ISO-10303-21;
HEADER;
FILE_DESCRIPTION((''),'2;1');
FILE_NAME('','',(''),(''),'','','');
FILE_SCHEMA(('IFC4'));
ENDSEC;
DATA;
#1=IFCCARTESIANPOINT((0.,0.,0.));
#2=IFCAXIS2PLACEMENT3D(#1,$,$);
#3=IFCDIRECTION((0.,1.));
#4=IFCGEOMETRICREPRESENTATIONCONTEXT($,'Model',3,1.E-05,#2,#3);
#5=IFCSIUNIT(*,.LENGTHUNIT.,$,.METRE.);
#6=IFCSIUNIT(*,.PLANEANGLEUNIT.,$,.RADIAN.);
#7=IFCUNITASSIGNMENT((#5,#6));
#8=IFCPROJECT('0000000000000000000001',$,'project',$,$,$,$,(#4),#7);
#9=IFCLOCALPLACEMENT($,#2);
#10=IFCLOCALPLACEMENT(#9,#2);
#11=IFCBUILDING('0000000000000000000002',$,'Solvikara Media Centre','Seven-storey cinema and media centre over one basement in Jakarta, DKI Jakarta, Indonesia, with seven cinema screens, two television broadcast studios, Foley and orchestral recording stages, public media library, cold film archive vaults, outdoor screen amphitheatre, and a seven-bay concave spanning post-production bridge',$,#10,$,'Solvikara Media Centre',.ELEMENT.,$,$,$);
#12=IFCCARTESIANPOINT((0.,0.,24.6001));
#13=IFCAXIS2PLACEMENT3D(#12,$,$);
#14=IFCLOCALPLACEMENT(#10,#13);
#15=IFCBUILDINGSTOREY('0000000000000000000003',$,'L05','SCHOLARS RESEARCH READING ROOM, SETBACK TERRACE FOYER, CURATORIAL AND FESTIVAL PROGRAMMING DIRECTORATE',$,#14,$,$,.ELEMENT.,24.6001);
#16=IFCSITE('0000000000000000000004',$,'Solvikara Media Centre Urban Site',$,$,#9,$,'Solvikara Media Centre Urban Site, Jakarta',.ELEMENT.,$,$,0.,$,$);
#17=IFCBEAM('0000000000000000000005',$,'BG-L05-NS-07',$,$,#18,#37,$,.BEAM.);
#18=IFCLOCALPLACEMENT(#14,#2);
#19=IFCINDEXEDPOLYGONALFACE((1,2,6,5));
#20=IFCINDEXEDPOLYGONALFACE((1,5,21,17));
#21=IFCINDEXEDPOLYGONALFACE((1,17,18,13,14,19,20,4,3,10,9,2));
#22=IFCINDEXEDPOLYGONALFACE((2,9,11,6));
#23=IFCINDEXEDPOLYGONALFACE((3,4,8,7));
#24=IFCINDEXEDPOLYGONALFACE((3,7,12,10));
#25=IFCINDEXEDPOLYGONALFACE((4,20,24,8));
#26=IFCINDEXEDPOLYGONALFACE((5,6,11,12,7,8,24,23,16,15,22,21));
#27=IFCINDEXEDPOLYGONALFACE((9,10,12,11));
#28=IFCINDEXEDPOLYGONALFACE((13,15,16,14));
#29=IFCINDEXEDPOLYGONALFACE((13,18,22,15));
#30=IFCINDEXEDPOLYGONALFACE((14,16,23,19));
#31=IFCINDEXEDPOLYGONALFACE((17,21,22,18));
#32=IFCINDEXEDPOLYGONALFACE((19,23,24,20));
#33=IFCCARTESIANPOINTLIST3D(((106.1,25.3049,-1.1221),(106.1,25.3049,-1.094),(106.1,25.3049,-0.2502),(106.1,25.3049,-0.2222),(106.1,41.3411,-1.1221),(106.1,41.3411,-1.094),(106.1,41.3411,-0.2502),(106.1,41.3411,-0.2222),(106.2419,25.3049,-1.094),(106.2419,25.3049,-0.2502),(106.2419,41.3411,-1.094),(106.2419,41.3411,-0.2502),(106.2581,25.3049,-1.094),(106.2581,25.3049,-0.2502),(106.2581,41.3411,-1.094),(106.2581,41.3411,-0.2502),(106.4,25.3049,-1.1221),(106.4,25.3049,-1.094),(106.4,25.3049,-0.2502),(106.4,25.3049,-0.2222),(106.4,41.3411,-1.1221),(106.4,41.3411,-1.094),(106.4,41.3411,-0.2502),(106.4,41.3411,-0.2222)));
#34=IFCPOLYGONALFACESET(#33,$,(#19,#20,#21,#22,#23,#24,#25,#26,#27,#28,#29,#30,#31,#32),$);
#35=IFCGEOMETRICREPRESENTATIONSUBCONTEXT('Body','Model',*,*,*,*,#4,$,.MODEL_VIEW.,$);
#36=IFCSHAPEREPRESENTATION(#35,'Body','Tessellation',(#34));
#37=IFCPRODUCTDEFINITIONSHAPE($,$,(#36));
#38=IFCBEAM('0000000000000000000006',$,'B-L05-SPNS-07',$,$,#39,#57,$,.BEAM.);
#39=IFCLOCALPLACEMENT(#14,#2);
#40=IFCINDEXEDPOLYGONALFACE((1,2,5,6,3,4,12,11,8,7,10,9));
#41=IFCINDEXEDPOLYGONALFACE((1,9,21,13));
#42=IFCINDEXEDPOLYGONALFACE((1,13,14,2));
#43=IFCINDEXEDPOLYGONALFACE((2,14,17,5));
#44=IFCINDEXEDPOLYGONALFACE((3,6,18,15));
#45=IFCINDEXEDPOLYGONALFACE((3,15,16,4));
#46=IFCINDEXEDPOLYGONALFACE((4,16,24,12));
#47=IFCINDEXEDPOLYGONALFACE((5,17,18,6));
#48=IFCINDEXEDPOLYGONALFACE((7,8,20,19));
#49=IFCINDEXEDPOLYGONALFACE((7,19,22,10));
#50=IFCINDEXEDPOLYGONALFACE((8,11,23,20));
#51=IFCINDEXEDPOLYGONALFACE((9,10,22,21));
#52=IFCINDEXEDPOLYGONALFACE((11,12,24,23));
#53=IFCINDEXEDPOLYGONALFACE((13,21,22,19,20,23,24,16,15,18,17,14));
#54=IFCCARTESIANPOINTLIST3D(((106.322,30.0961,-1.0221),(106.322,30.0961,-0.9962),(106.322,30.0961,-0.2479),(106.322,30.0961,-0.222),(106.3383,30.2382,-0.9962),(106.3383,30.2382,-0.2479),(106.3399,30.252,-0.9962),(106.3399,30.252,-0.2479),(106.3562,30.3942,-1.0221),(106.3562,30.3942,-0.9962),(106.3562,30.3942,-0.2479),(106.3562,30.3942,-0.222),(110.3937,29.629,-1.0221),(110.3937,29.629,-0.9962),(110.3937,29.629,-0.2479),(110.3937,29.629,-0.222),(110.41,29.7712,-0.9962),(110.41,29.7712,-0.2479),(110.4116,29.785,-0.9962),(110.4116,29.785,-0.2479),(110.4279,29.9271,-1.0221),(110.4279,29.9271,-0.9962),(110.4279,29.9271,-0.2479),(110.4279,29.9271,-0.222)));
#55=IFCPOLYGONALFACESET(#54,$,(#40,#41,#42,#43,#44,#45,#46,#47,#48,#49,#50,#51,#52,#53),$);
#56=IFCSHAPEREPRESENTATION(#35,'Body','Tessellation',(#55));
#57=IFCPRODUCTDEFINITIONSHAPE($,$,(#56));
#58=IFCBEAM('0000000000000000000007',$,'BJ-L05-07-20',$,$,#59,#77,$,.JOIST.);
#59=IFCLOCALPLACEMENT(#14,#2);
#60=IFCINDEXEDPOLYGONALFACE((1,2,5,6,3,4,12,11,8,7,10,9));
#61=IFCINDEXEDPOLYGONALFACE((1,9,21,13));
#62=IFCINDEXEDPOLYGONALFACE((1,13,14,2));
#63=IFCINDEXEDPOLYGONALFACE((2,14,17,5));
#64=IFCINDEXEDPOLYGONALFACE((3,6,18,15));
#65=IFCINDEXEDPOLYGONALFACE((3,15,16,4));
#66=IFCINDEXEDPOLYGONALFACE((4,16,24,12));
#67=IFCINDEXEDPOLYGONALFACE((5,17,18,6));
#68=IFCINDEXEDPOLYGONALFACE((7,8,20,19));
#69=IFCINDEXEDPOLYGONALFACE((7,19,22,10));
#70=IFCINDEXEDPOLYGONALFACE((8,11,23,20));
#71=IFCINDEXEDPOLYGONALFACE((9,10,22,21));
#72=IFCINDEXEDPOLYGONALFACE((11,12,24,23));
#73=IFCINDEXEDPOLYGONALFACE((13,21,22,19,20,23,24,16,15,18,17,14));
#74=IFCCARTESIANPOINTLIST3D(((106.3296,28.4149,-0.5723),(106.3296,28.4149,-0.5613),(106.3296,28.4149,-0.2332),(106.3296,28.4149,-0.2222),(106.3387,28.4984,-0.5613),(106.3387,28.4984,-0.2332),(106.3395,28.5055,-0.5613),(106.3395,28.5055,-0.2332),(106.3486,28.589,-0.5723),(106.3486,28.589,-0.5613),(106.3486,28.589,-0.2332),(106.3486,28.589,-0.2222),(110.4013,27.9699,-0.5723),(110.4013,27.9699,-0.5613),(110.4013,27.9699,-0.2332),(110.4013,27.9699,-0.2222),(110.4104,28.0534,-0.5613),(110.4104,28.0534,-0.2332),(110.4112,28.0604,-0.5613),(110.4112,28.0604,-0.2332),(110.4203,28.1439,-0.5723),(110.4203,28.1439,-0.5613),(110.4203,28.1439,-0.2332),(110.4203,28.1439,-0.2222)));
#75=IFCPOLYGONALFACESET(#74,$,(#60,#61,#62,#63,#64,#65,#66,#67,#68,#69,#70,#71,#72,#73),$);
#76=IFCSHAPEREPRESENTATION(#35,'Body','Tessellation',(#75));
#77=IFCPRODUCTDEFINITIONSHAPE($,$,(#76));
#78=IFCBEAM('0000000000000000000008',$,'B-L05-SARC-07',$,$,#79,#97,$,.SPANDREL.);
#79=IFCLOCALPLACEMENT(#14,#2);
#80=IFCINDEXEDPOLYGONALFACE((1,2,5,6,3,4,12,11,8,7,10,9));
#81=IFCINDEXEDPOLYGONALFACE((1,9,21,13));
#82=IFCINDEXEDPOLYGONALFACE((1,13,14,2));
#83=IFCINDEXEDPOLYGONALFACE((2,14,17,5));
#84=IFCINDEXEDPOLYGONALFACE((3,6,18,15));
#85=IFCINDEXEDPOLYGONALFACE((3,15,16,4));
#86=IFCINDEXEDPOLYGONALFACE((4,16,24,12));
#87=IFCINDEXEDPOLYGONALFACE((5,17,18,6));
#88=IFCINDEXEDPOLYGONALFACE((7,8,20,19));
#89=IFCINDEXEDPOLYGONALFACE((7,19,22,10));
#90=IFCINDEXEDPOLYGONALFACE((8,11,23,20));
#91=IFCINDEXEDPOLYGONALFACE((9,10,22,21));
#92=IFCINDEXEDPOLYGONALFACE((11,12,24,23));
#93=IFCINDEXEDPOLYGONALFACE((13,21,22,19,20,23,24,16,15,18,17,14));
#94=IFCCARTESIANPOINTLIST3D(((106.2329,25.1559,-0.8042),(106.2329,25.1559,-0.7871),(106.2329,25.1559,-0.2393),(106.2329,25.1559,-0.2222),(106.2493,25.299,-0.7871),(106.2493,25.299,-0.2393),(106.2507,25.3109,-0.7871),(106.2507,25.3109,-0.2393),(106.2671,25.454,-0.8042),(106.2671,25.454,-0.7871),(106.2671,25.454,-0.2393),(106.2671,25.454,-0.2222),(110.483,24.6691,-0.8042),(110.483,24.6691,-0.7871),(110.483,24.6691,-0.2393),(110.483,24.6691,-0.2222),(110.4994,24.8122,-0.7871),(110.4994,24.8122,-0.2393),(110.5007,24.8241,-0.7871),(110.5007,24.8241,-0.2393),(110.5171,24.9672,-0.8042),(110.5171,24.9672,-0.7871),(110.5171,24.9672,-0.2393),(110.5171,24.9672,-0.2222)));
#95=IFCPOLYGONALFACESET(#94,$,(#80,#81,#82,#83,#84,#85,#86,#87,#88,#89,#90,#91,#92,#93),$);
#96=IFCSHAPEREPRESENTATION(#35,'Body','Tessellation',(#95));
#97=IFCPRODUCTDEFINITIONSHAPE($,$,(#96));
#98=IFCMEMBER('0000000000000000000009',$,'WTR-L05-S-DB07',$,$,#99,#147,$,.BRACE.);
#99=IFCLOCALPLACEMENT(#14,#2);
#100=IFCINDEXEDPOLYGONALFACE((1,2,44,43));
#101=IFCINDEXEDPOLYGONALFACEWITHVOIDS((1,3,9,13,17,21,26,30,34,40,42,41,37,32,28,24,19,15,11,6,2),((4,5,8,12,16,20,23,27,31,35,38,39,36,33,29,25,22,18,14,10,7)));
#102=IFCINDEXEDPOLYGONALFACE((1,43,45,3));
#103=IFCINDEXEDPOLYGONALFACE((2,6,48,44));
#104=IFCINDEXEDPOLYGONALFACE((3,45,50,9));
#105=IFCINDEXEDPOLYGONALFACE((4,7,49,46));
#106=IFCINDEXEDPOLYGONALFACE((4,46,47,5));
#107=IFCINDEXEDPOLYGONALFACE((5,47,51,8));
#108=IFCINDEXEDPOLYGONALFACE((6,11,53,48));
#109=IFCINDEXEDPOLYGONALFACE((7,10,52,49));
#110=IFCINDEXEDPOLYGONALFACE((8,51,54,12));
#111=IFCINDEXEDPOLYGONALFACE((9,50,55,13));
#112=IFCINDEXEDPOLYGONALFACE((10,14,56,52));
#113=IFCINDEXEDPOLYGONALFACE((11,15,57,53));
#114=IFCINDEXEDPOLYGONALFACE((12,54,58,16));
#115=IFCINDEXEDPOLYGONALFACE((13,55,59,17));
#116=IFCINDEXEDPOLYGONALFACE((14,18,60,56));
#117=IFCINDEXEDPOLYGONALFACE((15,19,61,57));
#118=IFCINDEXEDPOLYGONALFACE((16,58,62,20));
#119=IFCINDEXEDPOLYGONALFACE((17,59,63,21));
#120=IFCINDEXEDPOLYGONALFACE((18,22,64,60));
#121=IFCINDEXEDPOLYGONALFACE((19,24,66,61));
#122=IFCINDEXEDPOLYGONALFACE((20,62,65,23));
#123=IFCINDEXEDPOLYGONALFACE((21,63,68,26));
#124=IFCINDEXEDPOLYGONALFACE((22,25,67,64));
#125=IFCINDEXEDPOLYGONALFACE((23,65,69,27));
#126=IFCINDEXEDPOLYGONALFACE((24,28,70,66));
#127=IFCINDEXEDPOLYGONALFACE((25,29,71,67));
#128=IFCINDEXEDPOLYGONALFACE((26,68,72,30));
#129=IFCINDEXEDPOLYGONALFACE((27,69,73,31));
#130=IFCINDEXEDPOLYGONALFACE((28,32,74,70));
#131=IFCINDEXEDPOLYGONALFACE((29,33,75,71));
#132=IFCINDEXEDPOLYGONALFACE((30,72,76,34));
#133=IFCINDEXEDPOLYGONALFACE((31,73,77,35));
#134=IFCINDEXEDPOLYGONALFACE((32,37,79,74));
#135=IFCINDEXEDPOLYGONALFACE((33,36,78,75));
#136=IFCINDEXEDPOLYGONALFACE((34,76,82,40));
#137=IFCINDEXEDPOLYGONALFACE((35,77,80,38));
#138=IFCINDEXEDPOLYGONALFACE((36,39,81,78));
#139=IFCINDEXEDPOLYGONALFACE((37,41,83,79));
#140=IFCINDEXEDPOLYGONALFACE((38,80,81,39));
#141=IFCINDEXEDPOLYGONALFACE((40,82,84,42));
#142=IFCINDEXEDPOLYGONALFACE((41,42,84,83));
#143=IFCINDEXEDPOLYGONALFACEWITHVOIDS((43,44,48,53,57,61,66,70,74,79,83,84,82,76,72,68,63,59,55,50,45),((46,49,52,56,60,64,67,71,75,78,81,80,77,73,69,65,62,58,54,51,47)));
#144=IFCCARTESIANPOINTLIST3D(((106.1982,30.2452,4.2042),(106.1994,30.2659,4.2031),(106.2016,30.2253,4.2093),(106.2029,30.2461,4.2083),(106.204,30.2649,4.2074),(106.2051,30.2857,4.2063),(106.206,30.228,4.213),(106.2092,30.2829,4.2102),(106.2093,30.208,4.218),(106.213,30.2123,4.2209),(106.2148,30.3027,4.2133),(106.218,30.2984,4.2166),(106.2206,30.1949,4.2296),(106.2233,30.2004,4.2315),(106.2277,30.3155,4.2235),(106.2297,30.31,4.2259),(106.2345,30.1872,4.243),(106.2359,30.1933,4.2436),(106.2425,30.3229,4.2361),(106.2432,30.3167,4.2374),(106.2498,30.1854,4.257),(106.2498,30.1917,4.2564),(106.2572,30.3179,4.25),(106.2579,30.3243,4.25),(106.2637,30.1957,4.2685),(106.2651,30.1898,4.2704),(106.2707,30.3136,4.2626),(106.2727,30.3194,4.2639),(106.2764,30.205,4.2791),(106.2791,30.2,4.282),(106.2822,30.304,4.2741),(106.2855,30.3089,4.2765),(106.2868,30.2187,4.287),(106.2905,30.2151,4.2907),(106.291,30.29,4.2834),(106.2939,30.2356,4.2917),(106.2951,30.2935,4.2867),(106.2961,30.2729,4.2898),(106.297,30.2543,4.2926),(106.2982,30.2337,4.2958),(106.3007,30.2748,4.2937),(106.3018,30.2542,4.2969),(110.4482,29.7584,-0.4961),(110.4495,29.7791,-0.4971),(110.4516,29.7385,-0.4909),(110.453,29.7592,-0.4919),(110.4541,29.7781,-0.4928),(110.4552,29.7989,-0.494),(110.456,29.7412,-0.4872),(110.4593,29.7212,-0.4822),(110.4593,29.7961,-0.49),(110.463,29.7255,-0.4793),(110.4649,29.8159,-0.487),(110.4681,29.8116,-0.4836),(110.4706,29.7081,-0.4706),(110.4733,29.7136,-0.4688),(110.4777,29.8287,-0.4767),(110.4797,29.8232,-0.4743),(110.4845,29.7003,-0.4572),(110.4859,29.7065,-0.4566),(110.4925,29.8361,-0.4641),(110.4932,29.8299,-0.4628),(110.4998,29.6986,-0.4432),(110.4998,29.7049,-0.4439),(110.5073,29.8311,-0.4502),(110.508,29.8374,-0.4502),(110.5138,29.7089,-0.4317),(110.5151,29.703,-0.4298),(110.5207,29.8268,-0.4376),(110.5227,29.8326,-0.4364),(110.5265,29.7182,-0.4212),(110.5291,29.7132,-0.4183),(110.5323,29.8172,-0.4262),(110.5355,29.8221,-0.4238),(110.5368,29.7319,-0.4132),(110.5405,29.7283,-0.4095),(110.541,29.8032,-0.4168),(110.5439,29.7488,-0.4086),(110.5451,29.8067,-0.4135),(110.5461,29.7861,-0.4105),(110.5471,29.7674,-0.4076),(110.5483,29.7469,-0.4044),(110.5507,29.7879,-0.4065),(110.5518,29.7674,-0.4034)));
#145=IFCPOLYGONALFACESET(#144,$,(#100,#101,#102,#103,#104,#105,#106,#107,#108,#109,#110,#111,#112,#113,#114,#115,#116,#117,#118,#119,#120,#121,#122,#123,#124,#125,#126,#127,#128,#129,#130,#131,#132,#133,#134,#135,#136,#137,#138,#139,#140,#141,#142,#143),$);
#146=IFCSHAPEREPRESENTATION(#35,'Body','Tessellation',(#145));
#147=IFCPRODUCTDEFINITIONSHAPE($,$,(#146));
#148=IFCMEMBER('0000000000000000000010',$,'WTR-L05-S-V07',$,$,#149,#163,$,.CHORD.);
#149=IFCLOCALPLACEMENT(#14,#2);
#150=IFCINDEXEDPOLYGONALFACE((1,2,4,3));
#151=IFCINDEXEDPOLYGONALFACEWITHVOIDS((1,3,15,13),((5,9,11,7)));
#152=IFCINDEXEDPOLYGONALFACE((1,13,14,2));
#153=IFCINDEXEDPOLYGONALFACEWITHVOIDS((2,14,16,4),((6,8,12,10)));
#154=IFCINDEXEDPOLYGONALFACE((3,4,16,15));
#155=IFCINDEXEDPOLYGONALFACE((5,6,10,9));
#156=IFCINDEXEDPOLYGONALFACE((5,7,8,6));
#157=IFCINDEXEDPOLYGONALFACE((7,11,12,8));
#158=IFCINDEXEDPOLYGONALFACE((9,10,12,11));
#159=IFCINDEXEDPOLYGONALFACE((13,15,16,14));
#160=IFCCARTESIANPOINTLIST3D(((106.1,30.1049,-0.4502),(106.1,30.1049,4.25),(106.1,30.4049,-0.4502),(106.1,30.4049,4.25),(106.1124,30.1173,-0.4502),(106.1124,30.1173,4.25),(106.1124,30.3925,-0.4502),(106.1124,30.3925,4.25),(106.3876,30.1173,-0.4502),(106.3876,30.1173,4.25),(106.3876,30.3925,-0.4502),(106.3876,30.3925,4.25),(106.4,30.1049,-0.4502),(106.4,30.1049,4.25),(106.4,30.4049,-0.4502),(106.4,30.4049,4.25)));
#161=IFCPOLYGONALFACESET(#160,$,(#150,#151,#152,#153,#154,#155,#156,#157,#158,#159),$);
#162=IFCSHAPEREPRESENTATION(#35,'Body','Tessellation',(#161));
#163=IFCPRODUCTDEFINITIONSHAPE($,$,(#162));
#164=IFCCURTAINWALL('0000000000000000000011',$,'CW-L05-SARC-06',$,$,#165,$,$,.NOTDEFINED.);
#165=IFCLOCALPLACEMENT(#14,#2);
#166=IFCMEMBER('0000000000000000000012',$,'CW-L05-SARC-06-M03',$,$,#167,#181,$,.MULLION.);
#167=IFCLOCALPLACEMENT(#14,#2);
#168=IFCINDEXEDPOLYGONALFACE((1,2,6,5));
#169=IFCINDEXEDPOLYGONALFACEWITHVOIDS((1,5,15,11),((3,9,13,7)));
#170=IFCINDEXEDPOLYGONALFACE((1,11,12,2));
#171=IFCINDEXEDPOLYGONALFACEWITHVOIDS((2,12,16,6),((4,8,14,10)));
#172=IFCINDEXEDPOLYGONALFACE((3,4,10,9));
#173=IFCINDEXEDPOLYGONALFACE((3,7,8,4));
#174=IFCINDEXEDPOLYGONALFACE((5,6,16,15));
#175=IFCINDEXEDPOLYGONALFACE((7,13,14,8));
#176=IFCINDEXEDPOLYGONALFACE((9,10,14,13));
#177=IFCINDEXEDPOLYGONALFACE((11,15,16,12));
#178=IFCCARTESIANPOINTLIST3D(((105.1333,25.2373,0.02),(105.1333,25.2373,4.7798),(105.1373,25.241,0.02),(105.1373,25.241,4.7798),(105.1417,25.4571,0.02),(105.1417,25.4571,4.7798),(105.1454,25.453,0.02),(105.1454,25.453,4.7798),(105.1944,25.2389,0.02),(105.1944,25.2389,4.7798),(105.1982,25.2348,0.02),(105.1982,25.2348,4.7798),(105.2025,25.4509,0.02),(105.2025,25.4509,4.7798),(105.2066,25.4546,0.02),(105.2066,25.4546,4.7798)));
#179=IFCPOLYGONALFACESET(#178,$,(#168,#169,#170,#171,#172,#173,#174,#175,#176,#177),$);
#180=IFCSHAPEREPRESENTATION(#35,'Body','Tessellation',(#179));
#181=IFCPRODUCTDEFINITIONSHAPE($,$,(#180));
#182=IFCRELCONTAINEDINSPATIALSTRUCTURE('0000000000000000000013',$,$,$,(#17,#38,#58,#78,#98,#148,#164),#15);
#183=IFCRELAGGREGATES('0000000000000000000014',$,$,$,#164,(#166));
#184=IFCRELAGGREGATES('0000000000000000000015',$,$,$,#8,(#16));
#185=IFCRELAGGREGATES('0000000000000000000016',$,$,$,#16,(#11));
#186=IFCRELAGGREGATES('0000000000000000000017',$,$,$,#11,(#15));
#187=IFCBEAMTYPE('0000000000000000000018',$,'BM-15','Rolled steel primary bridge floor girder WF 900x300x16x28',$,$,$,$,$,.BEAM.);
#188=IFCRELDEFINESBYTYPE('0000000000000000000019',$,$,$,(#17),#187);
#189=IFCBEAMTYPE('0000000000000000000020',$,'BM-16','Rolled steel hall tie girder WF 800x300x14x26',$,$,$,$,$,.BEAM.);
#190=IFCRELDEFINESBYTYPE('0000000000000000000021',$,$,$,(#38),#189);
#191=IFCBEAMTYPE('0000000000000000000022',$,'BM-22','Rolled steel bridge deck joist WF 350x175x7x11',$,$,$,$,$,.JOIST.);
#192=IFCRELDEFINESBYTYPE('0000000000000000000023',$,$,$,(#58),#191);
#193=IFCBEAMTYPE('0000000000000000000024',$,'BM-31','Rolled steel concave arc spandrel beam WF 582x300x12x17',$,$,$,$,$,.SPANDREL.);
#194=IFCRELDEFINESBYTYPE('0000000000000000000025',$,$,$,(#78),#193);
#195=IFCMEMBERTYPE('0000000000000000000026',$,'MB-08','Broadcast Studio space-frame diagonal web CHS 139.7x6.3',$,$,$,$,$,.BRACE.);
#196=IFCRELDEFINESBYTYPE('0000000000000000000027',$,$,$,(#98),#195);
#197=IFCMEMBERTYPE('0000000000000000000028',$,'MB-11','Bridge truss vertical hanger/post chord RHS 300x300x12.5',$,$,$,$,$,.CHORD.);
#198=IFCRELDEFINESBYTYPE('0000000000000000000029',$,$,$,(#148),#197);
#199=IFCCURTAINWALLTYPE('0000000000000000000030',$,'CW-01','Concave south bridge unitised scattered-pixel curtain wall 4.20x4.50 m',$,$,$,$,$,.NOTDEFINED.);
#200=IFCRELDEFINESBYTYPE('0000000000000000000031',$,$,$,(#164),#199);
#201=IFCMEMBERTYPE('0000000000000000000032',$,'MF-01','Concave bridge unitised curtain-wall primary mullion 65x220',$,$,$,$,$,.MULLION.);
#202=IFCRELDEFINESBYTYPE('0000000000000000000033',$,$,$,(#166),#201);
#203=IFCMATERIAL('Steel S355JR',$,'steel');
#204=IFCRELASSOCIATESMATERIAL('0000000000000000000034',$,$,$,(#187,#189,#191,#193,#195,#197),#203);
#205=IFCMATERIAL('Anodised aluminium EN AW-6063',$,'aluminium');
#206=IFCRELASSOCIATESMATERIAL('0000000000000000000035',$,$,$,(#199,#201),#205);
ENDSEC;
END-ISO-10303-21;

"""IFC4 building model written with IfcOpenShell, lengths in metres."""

from ifc_helpers import new_model, si_unit, direction, frame, origin, origin_2d, place, context, subcontext, project, spatial, hollow_rectangle, hollow_circle, i_section, extrude, material, material_profile, profile_set, type_object, element, aggregate, save


model = new_model("IFC4")

# Units and contexts
model_context = context("Model", 3, precision=1e-05, world=origin(), true_north=direction((0.0, 1.0)))
body_context = subcontext(model_context, "Body", "Model", "MODEL_VIEW")
ifc_project = project(units=[si_unit("LENGTHUNIT", "METRE"), si_unit("PLANEANGLEUNIT", "RADIAN")], contexts=[model_context])

# Site, building, storey
site_placement = place(None, origin())
site = spatial("IfcSite", under=ifc_project, at=site_placement, Name="Solvikara Media Centre Urban Site", LongName="Solvikara Media Centre Urban Site, Jakarta", CompositionType="ELEMENT", RefElevation=0.0)
building_placement = place(site_placement, origin())
building = spatial("IfcBuilding", under=site, at=building_placement, Name="Solvikara Media Centre", Description="Seven-storey cinema and media centre over one basement in Jakarta, DKI Jakarta, Indonesia, with seven cinema screens, two television broadcast studios, Foley and orchestral recording stages, public media library, cold film archive vaults, outdoor screen amphitheatre, and a seven-bay concave spanning post-production bridge", LongName="Solvikara Media Centre", CompositionType="ELEMENT")
storey_placement = place(building_placement, frame((0.0, 0.0, 24.6001)))
storey = spatial("IfcBuildingStorey", under=building, at=storey_placement, Name="L05", Description="SCHOLARS RESEARCH READING ROOM, SETBACK TERRACE FOYER, CURATORIAL AND FESTIVAL PROGRAMMING DIRECTORATE", CompositionType="ELEMENT", Elevation=24.6001)

# Beams
ifc_material_1 = material(Name="Steel S355JR", Category="steel")
ifc_material_profile_1 = material_profile(ifc_material_1, i_section(OverallWidth=0.3, OverallDepth=0.8999, WebThickness=0.0161, FlangeThickness=0.0281, at=origin_2d()), Name="WF 900x300x16x28")
ifc_profile_set_1 = profile_set([ifc_material_profile_1], Name="Steel S355JR")
beam_type_1 = type_object("IfcBeamType", Name="BM-15", Description="Rolled steel primary bridge floor girder WF 900x300x16x28", PredefinedType="BEAM", material=ifc_profile_set_1)
beam_1_placement = place(storey_placement, frame((106.25, 25.3049, -0.6721), z_axis=(0.0, 1.0, 0.0), x_axis=(-1.0, 0.0, 0.0)))
element("IfcBeam", 1, at=beam_1_placement, inside=storey, type_object=beam_type_1, Name="BG-L05-NS-07", PredefinedType="BEAM", context=body_context, shape_type="SweptSolid", body=[
    extrude(i_section(OverallWidth=0.3, OverallDepth=0.8999, WebThickness=0.0161, FlangeThickness=0.0281, at=origin_2d()), origin(), (0.0, 0.0, 1.0), 16.0361),
])
ifc_material_profile_2 = material_profile(ifc_material_1, i_section(OverallWidth=0.3, OverallDepth=0.8, WebThickness=0.0139, FlangeThickness=0.0259, at=origin_2d()), Name="WF 800x300x14x26")
ifc_profile_set_2 = profile_set([ifc_material_profile_2], Name="Steel S355JR")
beam_type_2 = type_object("IfcBeamType", Name="BM-16", Description="Rolled steel hall tie girder WF 800x300x14x26", PredefinedType="BEAM", material=ifc_profile_set_2)
beam_2_placement = place(storey_placement, frame((106.3391, 30.2451, -0.6221), z_axis=(0.993486, -0.113955, 0.0), x_axis=(0.113955, 0.993486, 0.0)))
element("IfcBeam", 2, at=beam_2_placement, inside=storey, type_object=beam_type_2, Name="B-L05-SPNS-07", PredefinedType="BEAM", context=body_context, shape_type="SweptSolid", body=[
    extrude(i_section(OverallWidth=0.3, OverallDepth=0.8, WebThickness=0.0139, FlangeThickness=0.0259, at=origin_2d()), origin(), (0.0, 0.0, 1.0), 4.0984),
])
ifc_material_profile_3 = material_profile(ifc_material_1, i_section(OverallWidth=0.175, OverallDepth=0.3501, WebThickness=0.0071, FlangeThickness=0.011, at=origin_2d()), Name="WF 350x175x7x11")
ifc_profile_set_3 = profile_set([ifc_material_profile_3], Name="Steel S355JR")
beam_type_3 = type_object("IfcBeamType", Name="BM-22", Description="Rolled steel bridge deck joist WF 350x175x7x11", PredefinedType="JOIST", material=ifc_profile_set_3)
beam_3_placement = place(storey_placement, frame((106.3391, 28.502, -0.3972), z_axis=(0.994079, -0.108658, 0.0), x_axis=(0.108658, 0.994079, 0.0)))
element("IfcBeam", 3, at=beam_3_placement, inside=storey, type_object=beam_type_3, Name="BJ-L05-07-20", PredefinedType="JOIST", context=body_context, shape_type="SweptSolid", body=[
    extrude(i_section(OverallWidth=0.175, OverallDepth=0.3501, WebThickness=0.0071, FlangeThickness=0.011, at=origin_2d()), origin(), (0.0, 0.0, 1.0), 4.0959),
])
ifc_material_profile_4 = material_profile(ifc_material_1, i_section(OverallWidth=0.3, OverallDepth=0.582, WebThickness=0.012, FlangeThickness=0.0171, at=origin_2d()), Name="WF 582x300x12x17")
ifc_profile_set_4 = profile_set([ifc_material_profile_4], Name="Steel S355JR")
beam_type_4 = type_object("IfcBeamType", Name="BM-31", Description="Rolled steel concave arc spandrel beam WF 582x300x12x17", PredefinedType="SPANDREL", material=ifc_profile_set_4)
beam_4_placement = place(storey_placement, frame((106.25, 25.3049, -0.5132), z_axis=(0.993504, -0.113801, 0.0), x_axis=(0.113801, 0.993504, 0.0)))
element("IfcBeam", 4, at=beam_4_placement, inside=storey, type_object=beam_type_4, Name="B-L05-SARC-07", PredefinedType="SPANDREL", context=body_context, shape_type="SweptSolid", body=[
    extrude(i_section(OverallWidth=0.3, OverallDepth=0.582, WebThickness=0.012, FlangeThickness=0.0171, at=origin_2d()), origin(), (0.0, 0.0, 1.0), 4.2778),
])

# Members
ifc_material_profile_5 = material_profile(ifc_material_1, hollow_circle(Radius=0.0698, WallThickness=0.0063, at=origin_2d()), Name="CHS 139.7x6.3")
ifc_profile_set_5 = profile_set([ifc_material_profile_5], Name="Steel S355JR")
member_type_1 = type_object("IfcMemberType", Name="MB-08", Description="Broadcast Studio space-frame diagonal web CHS 139.7x6.3", PredefinedType="BRACE", material=ifc_profile_set_5)
member_1_placement = place(storey_placement, frame((106.25, 30.2549, 4.25), z_axis=(0.668721, -0.076599, -0.739557), x_axis=(0.113801, 0.993504, 0.0)))
element("IfcMember", 5, at=member_1_placement, inside=storey, type_object=member_type_1, Name="WTR-L05-S-DB07", PredefinedType="BRACE", context=body_context, shape_type="SweptSolid", body=[
    extrude(hollow_circle(Radius=0.0698, WallThickness=0.0063, at=origin_2d()), origin(), (0.0, 0.0, 1.0), 6.3555),
])
ifc_material_profile_6 = material_profile(ifc_material_1, hollow_rectangle(XDim=0.3, YDim=0.3, WallThickness=0.0125, at=origin_2d()), Name="RHS 300x300x12.5")
ifc_profile_set_6 = profile_set([ifc_material_profile_6], Name="Steel S355JR")
member_type_2 = type_object("IfcMemberType", Name="MB-11", Description="Bridge truss vertical hanger/post chord RHS 300x300x12.5", PredefinedType="CHORD", material=ifc_profile_set_6)
member_2_placement = place(storey_placement, frame((106.25, 30.2549, -0.4502), z_axis=(0.0, 0.0, 1.0), x_axis=(1.0, 0.0, 0.0)))
element("IfcMember", 6, at=member_2_placement, inside=storey, type_object=member_type_2, Name="WTR-L05-S-V07", PredefinedType="CHORD", context=body_context, shape_type="SweptSolid", body=[
    extrude(hollow_rectangle(XDim=0.3, YDim=0.3, WallThickness=0.0125, at=origin_2d()), origin(), (0.0, 0.0, 1.0), 4.7002),
])

# Curtain wall, member
ifc_material_2 = material(Name="Anodised aluminium EN AW-6063", Category="aluminium")
curtain_wall_type = type_object("IfcCurtainWallType", Name="CW-01", Description="Concave south bridge unitised scattered-pixel curtain wall 4.20x4.50 m", PredefinedType="NOTDEFINED", material=ifc_material_2)
curtain_wall_1_placement = place(storey_placement, origin())
curtain_wall_1 = element("IfcCurtainWall", 7, at=curtain_wall_1_placement, inside=storey, type_object=curtain_wall_type, Name="CW-L05-SARC-06", PredefinedType="NOTDEFINED")
ifc_material_profile_7 = material_profile(ifc_material_2, hollow_rectangle(XDim=0.0649, YDim=0.22, WallThickness=0.0039, at=origin_2d()), Name="ALU-M 65x220x4")
ifc_profile_set_7 = profile_set([ifc_material_profile_7], Name="Anodised aluminium EN AW-6063")
member_type_3 = type_object("IfcMemberType", Name="MF-01", Description="Concave bridge unitised curtain-wall primary mullion 65x220", PredefinedType="MULLION", material=ifc_profile_set_7)
member_3_placement = place(storey_placement, frame((105.1699, 25.3459, 0.02), z_axis=(0.0, 0.0, 1.0), x_axis=(0.999268, -0.038248, 0.0)))
member_3 = element("IfcMember", 8, at=member_3_placement, type_object=member_type_3, Name="CW-L05-SARC-06-M03", PredefinedType="MULLION", context=body_context, shape_type="SweptSolid", body=[
    extrude(hollow_rectangle(XDim=0.0649, YDim=0.22, WallThickness=0.0039, at=origin_2d()), origin(), (0.0, 0.0, 1.0), 4.7598),
])

aggregate(curtain_wall_1, [member_3])

save(model, "model.ifc")
